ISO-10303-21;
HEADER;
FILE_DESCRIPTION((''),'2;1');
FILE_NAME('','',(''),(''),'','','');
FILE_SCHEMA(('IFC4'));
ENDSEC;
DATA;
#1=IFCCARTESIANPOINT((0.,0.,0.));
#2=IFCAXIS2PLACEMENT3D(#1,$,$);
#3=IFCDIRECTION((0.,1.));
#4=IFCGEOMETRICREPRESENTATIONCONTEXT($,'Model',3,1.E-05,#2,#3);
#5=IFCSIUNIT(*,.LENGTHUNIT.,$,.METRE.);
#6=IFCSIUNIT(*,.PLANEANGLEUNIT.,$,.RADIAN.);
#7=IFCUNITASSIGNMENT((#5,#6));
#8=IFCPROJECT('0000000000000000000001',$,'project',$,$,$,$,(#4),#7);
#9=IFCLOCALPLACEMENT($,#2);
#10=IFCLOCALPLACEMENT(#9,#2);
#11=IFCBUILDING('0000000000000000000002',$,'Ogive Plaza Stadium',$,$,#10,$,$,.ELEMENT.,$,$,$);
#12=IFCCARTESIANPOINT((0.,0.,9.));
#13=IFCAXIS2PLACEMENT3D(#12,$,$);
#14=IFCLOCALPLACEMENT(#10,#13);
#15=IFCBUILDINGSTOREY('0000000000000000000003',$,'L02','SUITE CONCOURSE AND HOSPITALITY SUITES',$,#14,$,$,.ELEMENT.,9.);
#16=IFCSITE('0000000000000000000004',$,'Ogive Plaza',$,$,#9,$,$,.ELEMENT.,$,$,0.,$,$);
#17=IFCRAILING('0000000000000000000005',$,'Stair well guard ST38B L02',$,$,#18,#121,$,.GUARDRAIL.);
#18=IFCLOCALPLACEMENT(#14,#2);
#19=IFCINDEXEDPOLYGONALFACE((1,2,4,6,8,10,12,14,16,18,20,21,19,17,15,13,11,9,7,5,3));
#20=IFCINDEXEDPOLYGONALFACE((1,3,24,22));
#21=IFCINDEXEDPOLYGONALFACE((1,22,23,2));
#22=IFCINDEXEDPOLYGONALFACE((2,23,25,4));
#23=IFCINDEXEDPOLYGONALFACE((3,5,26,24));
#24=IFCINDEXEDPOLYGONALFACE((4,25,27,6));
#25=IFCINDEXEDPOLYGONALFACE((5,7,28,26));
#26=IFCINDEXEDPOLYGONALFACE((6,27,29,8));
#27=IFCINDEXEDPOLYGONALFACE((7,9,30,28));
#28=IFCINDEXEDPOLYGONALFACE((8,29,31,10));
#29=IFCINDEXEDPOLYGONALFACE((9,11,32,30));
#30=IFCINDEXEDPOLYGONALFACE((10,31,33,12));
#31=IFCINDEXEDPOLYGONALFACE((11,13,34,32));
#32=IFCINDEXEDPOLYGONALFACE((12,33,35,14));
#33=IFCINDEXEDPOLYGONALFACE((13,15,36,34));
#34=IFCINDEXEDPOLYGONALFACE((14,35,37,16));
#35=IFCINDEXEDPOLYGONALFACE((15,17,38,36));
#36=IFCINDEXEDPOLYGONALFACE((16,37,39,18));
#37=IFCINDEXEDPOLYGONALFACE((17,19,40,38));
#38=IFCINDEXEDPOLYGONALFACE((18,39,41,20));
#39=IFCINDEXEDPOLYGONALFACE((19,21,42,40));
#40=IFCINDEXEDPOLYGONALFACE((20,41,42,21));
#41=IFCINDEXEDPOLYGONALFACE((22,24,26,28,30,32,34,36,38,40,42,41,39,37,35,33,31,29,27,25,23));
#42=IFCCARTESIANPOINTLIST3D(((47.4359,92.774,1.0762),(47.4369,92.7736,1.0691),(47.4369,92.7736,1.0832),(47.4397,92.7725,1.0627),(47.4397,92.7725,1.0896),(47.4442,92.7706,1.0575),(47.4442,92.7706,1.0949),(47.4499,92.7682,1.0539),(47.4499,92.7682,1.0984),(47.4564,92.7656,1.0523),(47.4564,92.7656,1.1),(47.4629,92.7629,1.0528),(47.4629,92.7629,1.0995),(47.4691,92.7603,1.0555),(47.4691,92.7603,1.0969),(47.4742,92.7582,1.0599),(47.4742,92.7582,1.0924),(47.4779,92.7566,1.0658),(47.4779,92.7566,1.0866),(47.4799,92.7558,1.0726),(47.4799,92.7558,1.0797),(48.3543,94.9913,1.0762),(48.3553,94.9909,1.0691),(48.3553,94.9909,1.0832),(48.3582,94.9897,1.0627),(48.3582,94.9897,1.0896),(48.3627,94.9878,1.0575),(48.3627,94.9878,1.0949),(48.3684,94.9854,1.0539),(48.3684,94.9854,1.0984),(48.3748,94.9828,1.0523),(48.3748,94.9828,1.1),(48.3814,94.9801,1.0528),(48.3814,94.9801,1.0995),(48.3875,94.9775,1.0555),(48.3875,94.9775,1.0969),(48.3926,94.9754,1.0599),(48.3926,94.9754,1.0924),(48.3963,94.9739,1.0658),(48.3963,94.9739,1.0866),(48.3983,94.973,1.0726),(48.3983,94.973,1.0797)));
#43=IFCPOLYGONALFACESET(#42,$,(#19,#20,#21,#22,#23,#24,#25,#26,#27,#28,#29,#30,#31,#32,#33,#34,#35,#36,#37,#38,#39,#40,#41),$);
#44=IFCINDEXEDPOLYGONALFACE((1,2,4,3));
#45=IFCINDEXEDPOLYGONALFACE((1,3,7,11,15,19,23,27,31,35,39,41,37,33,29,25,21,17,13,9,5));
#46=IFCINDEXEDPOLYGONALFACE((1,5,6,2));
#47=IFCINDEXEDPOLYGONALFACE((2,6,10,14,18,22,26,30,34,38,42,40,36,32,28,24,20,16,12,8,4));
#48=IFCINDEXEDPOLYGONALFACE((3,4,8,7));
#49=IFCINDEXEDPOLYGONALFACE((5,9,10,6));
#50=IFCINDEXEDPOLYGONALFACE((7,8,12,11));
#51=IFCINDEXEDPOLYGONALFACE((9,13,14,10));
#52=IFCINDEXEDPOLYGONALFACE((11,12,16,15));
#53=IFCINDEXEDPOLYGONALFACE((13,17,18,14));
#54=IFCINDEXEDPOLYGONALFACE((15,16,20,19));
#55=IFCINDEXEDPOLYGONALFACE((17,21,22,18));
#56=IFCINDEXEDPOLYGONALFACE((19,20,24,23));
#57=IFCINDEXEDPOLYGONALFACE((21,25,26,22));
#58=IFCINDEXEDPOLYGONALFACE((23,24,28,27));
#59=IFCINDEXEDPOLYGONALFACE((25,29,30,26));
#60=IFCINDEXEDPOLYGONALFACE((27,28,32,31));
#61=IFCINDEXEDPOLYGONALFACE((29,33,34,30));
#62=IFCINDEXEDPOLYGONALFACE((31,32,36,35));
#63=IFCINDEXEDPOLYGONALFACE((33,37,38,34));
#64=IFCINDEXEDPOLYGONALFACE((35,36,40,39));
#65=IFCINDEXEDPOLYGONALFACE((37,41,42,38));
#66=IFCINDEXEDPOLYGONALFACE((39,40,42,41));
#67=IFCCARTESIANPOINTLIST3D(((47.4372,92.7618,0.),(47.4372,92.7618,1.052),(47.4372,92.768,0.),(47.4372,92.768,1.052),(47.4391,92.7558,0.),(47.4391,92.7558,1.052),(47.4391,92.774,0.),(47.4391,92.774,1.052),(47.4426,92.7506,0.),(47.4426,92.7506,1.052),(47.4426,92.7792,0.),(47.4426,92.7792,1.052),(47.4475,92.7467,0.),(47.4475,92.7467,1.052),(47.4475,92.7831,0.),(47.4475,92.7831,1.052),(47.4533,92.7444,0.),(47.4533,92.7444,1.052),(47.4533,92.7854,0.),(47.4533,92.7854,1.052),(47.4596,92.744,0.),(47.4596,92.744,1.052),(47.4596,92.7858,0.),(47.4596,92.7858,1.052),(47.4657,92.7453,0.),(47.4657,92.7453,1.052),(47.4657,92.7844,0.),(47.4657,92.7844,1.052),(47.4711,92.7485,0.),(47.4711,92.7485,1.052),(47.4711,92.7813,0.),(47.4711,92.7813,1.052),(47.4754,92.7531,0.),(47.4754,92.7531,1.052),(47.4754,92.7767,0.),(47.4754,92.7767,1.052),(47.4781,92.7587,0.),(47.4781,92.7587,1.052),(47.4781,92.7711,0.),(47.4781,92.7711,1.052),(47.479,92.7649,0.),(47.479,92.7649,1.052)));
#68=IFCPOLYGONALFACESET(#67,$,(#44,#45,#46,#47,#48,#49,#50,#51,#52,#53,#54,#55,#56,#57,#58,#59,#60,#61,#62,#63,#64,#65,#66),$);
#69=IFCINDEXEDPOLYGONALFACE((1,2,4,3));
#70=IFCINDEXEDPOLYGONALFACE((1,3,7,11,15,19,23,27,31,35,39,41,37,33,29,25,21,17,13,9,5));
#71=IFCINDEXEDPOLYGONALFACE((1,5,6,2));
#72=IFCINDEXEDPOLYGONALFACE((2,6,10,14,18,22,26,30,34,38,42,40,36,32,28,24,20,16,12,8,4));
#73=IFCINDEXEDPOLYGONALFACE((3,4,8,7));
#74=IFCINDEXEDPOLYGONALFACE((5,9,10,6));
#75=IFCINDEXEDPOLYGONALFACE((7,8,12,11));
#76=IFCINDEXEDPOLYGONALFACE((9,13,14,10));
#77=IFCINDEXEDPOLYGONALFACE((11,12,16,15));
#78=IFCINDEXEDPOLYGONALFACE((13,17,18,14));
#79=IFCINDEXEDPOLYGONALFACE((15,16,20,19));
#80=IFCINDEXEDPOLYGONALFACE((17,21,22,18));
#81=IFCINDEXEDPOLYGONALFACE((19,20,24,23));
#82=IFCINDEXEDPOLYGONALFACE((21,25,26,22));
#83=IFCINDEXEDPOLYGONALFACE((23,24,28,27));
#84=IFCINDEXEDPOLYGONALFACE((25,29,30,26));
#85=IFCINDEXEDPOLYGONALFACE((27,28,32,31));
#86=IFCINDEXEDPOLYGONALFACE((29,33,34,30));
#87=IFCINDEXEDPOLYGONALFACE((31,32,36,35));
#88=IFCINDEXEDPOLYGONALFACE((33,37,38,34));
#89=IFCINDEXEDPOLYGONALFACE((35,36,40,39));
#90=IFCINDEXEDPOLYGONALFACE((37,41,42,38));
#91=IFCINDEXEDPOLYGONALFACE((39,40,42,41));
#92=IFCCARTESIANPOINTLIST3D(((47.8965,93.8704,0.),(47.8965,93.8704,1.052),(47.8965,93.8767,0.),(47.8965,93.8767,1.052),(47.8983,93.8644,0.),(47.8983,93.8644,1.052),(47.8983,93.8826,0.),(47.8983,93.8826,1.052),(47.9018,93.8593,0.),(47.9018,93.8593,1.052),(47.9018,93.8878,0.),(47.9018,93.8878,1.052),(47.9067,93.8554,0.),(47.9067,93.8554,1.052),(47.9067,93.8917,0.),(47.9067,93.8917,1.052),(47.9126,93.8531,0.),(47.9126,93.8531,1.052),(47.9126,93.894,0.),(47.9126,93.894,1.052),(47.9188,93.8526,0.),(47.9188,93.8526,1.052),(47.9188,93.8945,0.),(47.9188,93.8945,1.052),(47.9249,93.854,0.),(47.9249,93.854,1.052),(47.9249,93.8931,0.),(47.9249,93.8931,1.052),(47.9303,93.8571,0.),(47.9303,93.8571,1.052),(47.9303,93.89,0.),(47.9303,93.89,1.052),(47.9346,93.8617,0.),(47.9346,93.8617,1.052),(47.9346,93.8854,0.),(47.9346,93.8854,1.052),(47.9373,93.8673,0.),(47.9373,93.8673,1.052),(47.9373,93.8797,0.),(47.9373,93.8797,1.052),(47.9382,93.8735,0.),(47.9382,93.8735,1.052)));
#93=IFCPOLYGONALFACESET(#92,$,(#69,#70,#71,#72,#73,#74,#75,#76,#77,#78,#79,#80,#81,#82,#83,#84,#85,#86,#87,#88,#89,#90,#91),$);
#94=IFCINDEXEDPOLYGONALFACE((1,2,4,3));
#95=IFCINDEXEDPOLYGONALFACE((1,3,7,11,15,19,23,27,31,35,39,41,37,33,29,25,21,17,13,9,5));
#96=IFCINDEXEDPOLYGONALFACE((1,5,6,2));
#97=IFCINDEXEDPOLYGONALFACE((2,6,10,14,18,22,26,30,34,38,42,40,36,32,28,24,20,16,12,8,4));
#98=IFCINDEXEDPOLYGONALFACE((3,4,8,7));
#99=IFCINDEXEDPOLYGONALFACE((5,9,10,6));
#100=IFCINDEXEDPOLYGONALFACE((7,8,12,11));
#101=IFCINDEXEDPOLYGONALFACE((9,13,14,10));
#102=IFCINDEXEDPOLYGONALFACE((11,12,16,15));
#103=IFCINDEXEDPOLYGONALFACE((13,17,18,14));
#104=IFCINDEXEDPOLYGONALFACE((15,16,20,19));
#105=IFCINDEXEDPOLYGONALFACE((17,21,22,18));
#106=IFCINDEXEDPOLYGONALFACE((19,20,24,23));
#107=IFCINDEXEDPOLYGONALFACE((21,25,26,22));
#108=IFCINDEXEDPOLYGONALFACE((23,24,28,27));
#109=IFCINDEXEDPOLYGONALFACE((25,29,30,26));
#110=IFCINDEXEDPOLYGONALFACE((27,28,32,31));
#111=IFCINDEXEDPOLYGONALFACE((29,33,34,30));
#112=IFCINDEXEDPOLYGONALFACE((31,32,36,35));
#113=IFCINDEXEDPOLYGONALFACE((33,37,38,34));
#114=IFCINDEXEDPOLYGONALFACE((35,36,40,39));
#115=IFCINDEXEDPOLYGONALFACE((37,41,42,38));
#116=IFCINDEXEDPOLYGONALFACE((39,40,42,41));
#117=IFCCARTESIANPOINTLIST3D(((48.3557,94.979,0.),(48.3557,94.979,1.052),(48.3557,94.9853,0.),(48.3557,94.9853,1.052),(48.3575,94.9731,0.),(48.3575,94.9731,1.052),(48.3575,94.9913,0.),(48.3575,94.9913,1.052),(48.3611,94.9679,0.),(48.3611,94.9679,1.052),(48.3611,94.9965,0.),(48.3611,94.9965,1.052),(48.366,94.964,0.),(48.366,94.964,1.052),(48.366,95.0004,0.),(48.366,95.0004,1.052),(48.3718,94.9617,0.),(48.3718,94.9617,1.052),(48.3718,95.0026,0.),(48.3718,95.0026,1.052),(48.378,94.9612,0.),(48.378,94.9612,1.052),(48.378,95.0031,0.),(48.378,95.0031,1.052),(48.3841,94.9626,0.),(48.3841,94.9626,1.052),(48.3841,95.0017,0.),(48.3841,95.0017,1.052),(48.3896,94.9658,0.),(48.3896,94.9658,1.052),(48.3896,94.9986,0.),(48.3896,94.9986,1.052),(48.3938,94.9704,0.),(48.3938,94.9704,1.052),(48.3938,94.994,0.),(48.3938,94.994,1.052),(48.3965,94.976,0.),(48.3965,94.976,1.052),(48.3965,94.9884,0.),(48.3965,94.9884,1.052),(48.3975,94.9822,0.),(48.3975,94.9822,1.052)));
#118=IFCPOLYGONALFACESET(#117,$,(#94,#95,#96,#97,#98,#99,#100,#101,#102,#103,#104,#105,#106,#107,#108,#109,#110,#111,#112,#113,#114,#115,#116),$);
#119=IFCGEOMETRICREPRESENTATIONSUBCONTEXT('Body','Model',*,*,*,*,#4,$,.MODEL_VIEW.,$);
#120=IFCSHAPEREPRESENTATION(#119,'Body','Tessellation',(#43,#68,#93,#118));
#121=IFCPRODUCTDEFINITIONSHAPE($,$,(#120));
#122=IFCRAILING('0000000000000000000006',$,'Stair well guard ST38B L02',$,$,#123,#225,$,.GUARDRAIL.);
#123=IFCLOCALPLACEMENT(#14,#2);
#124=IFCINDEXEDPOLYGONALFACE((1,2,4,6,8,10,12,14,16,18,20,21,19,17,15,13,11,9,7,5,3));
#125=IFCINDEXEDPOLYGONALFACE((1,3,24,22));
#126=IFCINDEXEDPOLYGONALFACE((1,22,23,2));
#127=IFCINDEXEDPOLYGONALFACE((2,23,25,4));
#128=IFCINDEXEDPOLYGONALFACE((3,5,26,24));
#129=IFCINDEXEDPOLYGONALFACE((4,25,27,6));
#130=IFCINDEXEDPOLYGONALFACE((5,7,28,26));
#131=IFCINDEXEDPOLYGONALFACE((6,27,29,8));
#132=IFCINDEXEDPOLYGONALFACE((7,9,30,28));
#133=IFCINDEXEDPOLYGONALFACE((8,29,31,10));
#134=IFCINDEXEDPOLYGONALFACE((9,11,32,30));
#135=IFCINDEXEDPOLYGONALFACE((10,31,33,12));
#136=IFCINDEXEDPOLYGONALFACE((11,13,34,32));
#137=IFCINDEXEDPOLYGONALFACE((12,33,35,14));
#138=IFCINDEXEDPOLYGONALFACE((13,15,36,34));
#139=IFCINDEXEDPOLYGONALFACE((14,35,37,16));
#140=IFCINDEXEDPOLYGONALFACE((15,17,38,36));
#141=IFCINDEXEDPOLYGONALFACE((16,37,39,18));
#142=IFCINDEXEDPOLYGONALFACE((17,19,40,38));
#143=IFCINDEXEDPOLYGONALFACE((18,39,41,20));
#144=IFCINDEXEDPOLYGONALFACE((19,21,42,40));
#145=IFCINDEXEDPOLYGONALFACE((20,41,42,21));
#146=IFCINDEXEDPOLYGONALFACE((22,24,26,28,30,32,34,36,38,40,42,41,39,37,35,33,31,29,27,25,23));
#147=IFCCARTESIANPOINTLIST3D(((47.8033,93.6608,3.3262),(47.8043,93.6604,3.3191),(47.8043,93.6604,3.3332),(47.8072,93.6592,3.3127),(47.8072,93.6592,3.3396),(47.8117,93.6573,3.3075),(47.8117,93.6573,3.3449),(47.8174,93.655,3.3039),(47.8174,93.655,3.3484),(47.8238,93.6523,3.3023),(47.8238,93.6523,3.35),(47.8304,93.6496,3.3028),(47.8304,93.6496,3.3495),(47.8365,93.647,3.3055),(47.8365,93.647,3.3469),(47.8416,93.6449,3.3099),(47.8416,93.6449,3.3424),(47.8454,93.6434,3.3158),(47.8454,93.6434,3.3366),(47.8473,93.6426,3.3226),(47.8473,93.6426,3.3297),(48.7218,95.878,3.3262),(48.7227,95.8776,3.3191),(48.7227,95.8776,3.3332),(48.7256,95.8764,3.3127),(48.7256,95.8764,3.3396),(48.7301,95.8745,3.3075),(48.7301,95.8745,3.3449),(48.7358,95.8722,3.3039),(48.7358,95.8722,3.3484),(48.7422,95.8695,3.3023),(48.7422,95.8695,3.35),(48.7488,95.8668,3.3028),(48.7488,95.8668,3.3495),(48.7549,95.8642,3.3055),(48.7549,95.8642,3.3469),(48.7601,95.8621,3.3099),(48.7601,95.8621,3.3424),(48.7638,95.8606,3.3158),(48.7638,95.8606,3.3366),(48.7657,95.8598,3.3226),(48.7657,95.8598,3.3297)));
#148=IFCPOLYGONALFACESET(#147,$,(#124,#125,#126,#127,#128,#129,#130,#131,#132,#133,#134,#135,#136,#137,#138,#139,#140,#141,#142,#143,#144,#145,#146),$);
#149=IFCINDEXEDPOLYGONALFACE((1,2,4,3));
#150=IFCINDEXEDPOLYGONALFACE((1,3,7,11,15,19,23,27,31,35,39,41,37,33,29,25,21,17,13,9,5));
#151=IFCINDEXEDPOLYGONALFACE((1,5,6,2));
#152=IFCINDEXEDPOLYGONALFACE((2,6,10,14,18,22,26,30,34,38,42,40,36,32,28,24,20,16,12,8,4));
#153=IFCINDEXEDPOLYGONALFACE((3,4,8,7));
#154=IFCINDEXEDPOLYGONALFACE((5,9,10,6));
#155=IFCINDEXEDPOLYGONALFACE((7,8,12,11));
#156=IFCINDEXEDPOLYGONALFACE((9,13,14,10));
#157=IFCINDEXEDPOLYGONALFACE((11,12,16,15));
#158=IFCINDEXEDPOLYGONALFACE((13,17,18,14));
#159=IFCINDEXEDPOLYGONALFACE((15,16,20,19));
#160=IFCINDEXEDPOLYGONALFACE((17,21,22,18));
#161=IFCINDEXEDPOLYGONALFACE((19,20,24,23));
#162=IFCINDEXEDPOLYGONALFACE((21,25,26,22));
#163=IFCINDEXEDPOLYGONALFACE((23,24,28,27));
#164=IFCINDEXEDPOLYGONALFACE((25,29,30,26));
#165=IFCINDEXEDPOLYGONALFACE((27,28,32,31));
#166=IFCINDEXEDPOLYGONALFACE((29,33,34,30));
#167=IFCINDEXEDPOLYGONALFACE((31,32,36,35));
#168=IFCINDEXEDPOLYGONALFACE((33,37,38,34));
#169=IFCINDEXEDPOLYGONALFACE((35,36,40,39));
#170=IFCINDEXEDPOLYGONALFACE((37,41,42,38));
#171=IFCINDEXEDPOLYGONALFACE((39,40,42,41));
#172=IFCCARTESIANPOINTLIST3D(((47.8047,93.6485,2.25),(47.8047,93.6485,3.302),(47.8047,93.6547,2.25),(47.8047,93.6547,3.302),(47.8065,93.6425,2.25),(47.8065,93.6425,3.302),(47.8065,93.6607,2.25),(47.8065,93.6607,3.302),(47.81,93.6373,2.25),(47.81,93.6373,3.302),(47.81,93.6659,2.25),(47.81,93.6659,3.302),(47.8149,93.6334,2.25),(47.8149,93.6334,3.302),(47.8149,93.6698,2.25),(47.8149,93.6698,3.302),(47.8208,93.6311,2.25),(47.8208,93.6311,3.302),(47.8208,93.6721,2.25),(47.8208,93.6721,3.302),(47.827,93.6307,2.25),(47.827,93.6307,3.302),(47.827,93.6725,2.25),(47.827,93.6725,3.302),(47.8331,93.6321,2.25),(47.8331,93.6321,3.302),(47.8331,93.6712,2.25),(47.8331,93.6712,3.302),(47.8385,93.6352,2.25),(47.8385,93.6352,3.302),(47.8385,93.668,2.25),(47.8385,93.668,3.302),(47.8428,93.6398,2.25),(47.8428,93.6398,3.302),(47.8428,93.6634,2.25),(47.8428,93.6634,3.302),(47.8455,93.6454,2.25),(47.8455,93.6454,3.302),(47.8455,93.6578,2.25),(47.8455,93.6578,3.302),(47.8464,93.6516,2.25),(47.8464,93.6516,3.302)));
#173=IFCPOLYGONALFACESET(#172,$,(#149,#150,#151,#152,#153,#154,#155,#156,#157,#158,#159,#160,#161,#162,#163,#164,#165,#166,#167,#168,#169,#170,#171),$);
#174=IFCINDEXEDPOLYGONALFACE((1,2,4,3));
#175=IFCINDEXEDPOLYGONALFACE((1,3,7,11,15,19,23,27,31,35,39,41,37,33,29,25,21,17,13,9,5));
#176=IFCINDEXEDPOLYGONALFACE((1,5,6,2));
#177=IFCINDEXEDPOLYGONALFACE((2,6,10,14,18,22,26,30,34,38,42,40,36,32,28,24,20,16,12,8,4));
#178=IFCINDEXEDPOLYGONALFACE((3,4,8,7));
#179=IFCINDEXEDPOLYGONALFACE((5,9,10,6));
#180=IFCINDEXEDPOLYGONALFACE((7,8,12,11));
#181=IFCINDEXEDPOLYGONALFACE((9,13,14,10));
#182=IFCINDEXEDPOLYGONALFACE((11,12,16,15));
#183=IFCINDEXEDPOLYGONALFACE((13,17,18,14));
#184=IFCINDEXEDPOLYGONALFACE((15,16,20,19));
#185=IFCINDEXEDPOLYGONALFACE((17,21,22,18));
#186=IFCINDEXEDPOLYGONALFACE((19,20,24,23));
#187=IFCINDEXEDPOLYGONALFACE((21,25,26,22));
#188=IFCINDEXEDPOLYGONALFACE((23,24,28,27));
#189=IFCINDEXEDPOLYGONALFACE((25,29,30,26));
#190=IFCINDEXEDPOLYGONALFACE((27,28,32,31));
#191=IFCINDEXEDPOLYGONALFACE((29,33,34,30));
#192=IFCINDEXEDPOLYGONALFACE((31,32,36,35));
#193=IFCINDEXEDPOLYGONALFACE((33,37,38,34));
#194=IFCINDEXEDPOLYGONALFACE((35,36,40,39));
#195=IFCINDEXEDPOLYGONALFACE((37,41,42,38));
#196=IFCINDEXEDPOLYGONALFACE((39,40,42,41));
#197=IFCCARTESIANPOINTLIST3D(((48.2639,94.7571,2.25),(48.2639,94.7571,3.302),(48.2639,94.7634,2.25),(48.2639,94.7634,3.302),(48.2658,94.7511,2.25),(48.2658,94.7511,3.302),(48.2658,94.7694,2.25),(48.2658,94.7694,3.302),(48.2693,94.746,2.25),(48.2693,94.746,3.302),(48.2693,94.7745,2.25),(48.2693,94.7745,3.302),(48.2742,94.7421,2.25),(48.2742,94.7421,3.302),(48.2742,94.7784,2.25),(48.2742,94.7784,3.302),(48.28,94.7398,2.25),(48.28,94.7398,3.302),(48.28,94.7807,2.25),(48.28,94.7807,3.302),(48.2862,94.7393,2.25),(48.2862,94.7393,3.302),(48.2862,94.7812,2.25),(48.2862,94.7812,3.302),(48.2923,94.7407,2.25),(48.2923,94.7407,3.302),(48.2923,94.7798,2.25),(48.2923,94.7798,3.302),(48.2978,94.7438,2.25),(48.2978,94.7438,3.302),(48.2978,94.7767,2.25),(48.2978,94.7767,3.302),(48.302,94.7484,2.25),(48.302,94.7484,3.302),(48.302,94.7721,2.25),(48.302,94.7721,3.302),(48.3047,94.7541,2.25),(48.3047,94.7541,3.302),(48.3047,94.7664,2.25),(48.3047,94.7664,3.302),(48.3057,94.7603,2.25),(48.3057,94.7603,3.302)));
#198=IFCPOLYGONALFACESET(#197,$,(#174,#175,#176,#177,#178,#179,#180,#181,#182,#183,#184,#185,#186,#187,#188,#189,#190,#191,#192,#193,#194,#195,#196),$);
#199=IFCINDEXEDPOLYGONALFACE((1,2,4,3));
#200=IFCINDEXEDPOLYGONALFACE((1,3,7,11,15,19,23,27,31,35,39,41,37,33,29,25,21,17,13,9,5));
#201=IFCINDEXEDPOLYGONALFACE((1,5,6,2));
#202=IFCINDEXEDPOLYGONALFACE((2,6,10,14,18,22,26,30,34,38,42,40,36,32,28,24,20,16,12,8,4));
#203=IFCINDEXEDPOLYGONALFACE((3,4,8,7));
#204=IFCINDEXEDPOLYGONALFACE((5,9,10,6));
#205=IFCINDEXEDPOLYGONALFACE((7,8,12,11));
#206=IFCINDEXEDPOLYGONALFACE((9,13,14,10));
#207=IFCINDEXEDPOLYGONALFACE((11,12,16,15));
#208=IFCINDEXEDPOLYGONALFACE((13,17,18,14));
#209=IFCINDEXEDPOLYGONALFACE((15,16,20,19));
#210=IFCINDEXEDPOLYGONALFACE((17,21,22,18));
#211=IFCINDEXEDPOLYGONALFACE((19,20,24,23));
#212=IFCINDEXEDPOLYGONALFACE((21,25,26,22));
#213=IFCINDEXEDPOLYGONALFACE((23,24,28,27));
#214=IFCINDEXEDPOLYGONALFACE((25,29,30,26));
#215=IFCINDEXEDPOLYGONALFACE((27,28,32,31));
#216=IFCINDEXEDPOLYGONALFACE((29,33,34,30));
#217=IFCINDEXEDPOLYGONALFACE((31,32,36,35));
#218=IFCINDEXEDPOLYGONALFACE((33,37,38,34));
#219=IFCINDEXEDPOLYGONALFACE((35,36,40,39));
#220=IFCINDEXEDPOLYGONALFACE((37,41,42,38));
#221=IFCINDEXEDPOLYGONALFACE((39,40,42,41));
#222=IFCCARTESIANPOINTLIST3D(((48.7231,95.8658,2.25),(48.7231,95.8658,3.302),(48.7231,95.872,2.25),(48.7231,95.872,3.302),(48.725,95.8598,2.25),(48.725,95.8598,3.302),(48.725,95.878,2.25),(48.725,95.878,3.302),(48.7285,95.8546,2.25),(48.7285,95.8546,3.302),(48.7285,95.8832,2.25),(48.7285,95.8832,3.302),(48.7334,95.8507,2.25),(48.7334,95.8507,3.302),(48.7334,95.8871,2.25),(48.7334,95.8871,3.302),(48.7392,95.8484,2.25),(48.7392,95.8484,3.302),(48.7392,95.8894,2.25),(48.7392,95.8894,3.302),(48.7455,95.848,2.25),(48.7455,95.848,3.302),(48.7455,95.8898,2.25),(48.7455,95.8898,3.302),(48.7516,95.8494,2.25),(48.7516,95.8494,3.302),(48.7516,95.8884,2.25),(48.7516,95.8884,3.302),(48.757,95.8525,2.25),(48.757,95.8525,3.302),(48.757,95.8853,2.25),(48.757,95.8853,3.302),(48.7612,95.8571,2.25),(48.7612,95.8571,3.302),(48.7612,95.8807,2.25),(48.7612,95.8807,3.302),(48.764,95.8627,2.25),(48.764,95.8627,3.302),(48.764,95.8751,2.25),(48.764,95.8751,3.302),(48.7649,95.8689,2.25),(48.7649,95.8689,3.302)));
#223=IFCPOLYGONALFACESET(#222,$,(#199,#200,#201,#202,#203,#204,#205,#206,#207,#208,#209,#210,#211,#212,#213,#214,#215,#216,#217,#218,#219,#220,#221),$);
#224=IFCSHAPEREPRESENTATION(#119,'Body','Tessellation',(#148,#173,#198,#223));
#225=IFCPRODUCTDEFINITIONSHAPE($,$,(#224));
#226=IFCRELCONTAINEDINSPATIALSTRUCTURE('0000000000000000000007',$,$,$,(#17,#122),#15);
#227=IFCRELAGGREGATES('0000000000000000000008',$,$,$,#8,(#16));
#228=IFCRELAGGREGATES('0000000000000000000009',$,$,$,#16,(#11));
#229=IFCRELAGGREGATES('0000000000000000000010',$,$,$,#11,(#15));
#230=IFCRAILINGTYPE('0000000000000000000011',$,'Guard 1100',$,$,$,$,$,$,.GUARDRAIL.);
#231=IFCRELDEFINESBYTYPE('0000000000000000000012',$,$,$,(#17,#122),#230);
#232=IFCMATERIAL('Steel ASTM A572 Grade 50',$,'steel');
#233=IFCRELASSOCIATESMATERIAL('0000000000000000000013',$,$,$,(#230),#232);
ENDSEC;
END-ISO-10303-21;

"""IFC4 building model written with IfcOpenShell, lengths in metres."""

from ifc_helpers import new_model, si_unit, direction, frame, origin, origin_2d, place, context, subcontext, project, spatial, circle, extrude, material, type_object, element, save


model = new_model("IFC4")

# Units and contexts
model_context = context("Model", 3, precision=1e-05, world=origin(), true_north=direction((0.0, 1.0)))
body_context = subcontext(model_context, "Body", "Model", "MODEL_VIEW")
ifc_project = project(units=[si_unit("LENGTHUNIT", "METRE"), si_unit("PLANEANGLEUNIT", "RADIAN")], contexts=[model_context])

# Site, building, storey
site_placement = place(None, origin())
site = spatial("IfcSite", under=ifc_project, at=site_placement, Name="Ogive Plaza", CompositionType="ELEMENT", RefElevation=0.0)
building_placement = place(site_placement, origin())
building = spatial("IfcBuilding", under=site, at=building_placement, Name="Ogive Plaza Stadium", CompositionType="ELEMENT")
storey_placement = place(building_placement, frame((0.0, 0.0, 9.0)))
storey = spatial("IfcBuildingStorey", under=building, at=storey_placement, Name="L02", Description="SUITE CONCOURSE AND HOSPITALITY SUITES", CompositionType="ELEMENT", Elevation=9.0)

# Railings
ifc_material_1 = material(Name="Steel ASTM A572 Grade 50", Category="steel")
railing_type_1 = type_object("IfcRailingType", Name="Guard 1100", PredefinedType="GUARDRAIL", material=ifc_material_1)
for number, where, name in (
    (1, (47.458, 92.7649, 0.0), "Stair well guard ST38B L02"),
    (2, (47.8254, 93.6516, 2.25), "Stair well guard ST38B L02"),
):
    element("IfcRailing", number, at=place(storey_placement, frame(where)), inside=storey, type_object=railing_type_1, Name=name, PredefinedType="GUARDRAIL", context=body_context, shape_type="SweptSolid", body=[
        extrude(circle(Radius=0.0239, at=origin_2d()), frame((0.0, 0.0, 1.0762), z_axis=(0.382693, 0.923875, 0.0), x_axis=(-0.923875, 0.382693, 0.0)), (0.0, 0.0, 1.0), 2.3999),
        extrude(circle(Radius=0.021, at=origin_2d()), origin(), (0.0, 0.0, 1.0), 1.052),
        extrude(circle(Radius=0.021, at=origin_2d()), frame((0.4592, 1.1086, 0.0)), (0.0, 0.0, 1.0), 1.052),
        extrude(circle(Radius=0.021, at=origin_2d()), frame((0.9185, 2.2173, 0.0)), (0.0, 0.0, 1.0), 1.052),
    ])

save(model, "model.ifc")
